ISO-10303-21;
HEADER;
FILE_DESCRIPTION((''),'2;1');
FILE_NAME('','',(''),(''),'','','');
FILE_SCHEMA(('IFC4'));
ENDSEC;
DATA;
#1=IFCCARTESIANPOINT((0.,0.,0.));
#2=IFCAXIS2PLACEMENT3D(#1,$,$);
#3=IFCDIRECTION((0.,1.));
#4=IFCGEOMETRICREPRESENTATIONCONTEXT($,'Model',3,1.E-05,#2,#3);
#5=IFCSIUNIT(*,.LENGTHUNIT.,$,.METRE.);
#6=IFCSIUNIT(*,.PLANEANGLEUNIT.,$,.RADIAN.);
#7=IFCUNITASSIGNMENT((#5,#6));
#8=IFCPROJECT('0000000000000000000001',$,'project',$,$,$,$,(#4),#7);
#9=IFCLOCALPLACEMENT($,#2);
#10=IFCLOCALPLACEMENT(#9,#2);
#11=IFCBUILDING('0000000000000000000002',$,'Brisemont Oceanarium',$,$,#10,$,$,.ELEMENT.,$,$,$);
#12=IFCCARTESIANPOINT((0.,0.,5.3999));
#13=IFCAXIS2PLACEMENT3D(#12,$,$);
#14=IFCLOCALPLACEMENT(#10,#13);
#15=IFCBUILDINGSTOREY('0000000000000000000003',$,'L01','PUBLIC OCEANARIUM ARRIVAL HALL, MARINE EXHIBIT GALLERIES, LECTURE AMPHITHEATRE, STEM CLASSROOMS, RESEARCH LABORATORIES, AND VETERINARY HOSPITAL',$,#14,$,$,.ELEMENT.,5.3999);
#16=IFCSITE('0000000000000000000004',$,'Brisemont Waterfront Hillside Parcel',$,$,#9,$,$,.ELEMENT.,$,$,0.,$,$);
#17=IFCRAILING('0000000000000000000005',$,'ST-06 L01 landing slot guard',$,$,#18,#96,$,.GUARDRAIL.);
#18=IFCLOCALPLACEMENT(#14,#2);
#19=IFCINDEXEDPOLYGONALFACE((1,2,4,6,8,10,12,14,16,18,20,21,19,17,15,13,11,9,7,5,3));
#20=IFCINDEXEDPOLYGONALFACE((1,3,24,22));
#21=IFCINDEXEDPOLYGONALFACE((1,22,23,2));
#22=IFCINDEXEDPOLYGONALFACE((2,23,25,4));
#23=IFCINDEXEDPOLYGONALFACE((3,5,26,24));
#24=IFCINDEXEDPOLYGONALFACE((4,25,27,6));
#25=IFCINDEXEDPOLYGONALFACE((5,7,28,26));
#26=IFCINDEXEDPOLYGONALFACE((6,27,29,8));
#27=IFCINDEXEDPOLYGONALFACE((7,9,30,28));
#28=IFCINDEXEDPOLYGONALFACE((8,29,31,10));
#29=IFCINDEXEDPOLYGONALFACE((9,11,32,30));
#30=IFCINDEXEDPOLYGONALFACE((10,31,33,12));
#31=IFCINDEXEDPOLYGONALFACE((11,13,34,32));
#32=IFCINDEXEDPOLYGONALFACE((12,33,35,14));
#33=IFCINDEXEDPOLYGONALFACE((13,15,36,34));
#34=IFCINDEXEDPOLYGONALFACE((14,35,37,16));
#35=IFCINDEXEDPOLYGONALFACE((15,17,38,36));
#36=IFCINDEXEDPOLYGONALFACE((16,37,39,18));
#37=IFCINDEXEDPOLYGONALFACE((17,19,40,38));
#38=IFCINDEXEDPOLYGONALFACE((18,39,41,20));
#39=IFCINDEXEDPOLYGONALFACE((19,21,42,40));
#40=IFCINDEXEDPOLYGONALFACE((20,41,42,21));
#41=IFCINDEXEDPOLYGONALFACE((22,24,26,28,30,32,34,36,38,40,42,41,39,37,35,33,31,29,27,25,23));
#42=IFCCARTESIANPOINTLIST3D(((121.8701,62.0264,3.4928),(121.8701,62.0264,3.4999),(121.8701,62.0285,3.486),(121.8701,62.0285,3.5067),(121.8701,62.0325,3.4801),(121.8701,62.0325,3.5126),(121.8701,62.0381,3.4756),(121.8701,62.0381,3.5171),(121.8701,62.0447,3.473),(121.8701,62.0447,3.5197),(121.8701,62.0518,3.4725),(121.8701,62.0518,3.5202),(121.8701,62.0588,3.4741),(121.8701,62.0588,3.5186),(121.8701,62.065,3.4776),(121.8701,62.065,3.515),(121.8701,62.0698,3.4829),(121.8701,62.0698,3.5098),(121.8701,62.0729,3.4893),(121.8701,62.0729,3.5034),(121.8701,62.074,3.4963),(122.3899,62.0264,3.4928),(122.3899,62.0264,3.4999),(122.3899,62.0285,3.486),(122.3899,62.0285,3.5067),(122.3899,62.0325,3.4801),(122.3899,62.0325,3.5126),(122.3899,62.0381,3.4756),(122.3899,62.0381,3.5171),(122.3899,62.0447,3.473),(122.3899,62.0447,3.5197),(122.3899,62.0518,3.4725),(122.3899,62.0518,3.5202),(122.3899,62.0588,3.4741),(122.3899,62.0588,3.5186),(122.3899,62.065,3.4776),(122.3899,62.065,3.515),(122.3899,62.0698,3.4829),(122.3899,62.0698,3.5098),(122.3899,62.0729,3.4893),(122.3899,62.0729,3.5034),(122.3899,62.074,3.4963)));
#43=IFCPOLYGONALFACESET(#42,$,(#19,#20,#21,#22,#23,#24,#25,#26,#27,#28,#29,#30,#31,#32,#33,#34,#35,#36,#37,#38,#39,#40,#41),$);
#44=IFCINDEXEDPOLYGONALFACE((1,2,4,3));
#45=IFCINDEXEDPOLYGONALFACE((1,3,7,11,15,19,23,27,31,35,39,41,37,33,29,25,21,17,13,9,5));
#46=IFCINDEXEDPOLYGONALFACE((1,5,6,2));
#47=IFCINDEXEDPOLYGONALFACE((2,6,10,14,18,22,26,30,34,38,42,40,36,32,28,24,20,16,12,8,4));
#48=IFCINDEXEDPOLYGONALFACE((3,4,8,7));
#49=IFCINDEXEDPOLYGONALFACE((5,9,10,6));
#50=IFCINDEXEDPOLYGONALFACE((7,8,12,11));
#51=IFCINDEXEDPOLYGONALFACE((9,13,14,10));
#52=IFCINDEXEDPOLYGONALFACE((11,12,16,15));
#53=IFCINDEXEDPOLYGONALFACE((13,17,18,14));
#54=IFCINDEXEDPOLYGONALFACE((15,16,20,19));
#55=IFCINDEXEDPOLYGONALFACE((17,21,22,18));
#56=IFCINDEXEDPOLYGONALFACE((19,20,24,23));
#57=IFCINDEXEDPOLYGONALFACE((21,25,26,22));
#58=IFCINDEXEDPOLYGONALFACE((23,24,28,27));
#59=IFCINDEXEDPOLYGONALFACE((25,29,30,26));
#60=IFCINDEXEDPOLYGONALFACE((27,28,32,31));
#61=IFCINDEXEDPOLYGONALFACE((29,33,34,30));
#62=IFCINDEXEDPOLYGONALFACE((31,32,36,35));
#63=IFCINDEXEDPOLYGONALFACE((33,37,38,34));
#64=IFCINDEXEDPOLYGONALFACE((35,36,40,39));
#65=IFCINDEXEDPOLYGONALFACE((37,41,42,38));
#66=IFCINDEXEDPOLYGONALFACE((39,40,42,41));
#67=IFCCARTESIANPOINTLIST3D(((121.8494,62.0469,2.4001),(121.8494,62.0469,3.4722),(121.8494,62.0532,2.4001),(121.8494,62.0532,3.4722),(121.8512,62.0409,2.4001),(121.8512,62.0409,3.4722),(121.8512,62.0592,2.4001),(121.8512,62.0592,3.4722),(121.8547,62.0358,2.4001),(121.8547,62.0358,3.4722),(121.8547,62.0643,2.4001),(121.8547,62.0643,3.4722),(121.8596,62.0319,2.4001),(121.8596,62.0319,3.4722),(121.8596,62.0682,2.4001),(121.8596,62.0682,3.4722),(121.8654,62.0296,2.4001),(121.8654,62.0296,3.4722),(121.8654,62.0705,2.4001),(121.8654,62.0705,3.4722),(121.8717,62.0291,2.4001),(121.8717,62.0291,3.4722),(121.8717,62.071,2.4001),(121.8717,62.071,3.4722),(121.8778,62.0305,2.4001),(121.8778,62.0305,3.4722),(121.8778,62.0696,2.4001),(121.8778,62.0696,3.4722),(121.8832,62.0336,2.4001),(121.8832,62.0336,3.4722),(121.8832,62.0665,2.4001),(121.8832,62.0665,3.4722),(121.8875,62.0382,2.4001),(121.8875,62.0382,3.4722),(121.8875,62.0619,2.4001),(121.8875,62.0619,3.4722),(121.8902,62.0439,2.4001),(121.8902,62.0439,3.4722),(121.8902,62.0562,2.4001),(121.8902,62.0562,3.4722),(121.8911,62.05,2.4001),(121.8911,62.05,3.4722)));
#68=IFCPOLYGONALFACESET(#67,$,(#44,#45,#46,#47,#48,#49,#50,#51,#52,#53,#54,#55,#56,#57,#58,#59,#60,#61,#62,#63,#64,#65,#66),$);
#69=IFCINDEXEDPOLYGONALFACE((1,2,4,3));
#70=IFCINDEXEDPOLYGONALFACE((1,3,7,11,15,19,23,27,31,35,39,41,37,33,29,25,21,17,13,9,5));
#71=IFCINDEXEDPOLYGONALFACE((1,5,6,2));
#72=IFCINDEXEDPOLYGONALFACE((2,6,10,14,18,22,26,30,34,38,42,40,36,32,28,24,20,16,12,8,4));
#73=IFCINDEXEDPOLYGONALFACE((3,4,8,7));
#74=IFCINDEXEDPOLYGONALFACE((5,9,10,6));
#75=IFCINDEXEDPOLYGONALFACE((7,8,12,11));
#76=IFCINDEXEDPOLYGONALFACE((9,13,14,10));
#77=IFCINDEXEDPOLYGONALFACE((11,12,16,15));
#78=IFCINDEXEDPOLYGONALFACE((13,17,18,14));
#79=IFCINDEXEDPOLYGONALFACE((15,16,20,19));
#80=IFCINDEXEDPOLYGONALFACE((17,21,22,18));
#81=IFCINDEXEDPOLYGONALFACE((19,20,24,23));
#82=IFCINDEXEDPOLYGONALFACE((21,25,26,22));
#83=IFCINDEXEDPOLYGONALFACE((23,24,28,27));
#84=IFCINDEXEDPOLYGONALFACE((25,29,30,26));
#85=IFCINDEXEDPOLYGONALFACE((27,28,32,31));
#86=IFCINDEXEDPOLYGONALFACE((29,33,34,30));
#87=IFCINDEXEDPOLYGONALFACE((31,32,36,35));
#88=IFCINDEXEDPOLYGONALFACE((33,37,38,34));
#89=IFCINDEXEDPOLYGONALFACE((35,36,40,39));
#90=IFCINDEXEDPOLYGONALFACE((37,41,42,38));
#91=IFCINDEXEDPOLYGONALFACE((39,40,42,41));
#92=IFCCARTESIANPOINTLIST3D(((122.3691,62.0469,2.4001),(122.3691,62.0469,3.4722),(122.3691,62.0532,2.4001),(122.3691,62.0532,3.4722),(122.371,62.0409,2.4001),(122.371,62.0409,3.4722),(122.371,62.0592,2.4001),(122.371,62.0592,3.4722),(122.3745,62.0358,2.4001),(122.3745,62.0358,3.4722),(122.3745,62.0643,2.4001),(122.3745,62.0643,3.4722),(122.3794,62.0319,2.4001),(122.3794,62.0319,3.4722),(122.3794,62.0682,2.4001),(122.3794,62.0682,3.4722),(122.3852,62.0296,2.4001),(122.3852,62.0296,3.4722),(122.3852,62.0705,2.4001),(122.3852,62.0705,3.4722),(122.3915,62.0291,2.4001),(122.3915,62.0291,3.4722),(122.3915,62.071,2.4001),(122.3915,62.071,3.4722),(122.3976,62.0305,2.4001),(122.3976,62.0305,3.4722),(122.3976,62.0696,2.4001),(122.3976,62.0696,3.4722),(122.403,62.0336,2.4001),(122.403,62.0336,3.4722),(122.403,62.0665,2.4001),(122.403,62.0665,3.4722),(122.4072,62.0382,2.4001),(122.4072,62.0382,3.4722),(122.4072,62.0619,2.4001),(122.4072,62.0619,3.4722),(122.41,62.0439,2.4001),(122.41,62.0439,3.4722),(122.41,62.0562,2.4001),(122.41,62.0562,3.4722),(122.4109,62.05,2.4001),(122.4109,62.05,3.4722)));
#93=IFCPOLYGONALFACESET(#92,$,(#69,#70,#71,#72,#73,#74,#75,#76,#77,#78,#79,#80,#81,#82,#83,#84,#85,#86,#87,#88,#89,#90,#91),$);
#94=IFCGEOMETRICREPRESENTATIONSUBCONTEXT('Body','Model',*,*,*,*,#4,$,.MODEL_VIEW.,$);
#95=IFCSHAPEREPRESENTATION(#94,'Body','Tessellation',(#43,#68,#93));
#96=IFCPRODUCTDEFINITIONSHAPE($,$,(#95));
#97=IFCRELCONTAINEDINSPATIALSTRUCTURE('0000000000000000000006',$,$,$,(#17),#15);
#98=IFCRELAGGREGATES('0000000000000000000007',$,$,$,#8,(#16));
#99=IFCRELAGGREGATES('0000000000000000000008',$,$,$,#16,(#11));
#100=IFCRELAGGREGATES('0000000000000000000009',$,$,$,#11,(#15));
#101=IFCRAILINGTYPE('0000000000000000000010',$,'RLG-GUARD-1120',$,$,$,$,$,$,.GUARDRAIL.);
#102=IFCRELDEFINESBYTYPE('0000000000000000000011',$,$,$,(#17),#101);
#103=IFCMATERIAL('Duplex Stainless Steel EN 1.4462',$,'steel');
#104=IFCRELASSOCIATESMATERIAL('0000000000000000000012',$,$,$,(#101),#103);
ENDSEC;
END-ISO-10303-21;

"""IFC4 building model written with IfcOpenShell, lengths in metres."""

from ifc_helpers import new_model, si_unit, direction, frame, origin, origin_2d, place, context, subcontext, project, spatial, circle, extrude, material, type_object, element, save


model = new_model("IFC4")

# Units and contexts
model_context = context("Model", 3, precision=1e-05, world=origin(), true_north=direction((0.0, 1.0)))
body_context = subcontext(model_context, "Body", "Model", "MODEL_VIEW")
ifc_project = project(units=[si_unit("LENGTHUNIT", "METRE"), si_unit("PLANEANGLEUNIT", "RADIAN")], contexts=[model_context])

# Site, building, storey
site_placement = place(None, origin())
site = spatial("IfcSite", under=ifc_project, at=site_placement, Name="Brisemont Waterfront Hillside Parcel", CompositionType="ELEMENT", RefElevation=0.0)
building_placement = place(site_placement, origin())
building = spatial("IfcBuilding", under=site, at=building_placement, Name="Brisemont Oceanarium", CompositionType="ELEMENT")
storey_placement = place(building_placement, frame((0.0, 0.0, 5.3999)))
storey = spatial("IfcBuildingStorey", under=building, at=storey_placement, Name="L01", Description="PUBLIC OCEANARIUM ARRIVAL HALL, MARINE EXHIBIT GALLERIES, LECTURE AMPHITHEATRE, STEM CLASSROOMS, RESEARCH LABORATORIES, AND VETERINARY HOSPITAL", CompositionType="ELEMENT", Elevation=5.3999)

# Railing
ifc_material_1 = material(Name="Duplex Stainless Steel EN 1.4462", Category="steel")
railing_type_1 = type_object("IfcRailingType", Name="RLG-GUARD-1120", PredefinedType="GUARDRAIL", material=ifc_material_1)
railing_1_placement = place(storey_placement, frame((121.8701, 62.05, 2.4001)))
element("IfcRailing", 1, at=railing_1_placement, inside=storey, type_object=railing_type_1, Name="ST-06 L01 landing slot guard", PredefinedType="GUARDRAIL", context=body_context, shape_type="SweptSolid", body=[
    extrude(circle(Radius=0.0239, at=origin_2d()), frame((0.0, 0.0, 1.0962), z_axis=(1.0, 0.0, 0.0), x_axis=(0.0, 1.0, 0.0)), (0.0, 0.0, 1.0), 0.5198),
    extrude(circle(Radius=0.021, at=origin_2d()), origin(), (0.0, 0.0, 1.0), 1.072),
    extrude(circle(Radius=0.021, at=origin_2d()), frame((0.5198, 0.0, 0.0)), (0.0, 0.0, 1.0), 1.072),
])

save(model, "model.ifc")
